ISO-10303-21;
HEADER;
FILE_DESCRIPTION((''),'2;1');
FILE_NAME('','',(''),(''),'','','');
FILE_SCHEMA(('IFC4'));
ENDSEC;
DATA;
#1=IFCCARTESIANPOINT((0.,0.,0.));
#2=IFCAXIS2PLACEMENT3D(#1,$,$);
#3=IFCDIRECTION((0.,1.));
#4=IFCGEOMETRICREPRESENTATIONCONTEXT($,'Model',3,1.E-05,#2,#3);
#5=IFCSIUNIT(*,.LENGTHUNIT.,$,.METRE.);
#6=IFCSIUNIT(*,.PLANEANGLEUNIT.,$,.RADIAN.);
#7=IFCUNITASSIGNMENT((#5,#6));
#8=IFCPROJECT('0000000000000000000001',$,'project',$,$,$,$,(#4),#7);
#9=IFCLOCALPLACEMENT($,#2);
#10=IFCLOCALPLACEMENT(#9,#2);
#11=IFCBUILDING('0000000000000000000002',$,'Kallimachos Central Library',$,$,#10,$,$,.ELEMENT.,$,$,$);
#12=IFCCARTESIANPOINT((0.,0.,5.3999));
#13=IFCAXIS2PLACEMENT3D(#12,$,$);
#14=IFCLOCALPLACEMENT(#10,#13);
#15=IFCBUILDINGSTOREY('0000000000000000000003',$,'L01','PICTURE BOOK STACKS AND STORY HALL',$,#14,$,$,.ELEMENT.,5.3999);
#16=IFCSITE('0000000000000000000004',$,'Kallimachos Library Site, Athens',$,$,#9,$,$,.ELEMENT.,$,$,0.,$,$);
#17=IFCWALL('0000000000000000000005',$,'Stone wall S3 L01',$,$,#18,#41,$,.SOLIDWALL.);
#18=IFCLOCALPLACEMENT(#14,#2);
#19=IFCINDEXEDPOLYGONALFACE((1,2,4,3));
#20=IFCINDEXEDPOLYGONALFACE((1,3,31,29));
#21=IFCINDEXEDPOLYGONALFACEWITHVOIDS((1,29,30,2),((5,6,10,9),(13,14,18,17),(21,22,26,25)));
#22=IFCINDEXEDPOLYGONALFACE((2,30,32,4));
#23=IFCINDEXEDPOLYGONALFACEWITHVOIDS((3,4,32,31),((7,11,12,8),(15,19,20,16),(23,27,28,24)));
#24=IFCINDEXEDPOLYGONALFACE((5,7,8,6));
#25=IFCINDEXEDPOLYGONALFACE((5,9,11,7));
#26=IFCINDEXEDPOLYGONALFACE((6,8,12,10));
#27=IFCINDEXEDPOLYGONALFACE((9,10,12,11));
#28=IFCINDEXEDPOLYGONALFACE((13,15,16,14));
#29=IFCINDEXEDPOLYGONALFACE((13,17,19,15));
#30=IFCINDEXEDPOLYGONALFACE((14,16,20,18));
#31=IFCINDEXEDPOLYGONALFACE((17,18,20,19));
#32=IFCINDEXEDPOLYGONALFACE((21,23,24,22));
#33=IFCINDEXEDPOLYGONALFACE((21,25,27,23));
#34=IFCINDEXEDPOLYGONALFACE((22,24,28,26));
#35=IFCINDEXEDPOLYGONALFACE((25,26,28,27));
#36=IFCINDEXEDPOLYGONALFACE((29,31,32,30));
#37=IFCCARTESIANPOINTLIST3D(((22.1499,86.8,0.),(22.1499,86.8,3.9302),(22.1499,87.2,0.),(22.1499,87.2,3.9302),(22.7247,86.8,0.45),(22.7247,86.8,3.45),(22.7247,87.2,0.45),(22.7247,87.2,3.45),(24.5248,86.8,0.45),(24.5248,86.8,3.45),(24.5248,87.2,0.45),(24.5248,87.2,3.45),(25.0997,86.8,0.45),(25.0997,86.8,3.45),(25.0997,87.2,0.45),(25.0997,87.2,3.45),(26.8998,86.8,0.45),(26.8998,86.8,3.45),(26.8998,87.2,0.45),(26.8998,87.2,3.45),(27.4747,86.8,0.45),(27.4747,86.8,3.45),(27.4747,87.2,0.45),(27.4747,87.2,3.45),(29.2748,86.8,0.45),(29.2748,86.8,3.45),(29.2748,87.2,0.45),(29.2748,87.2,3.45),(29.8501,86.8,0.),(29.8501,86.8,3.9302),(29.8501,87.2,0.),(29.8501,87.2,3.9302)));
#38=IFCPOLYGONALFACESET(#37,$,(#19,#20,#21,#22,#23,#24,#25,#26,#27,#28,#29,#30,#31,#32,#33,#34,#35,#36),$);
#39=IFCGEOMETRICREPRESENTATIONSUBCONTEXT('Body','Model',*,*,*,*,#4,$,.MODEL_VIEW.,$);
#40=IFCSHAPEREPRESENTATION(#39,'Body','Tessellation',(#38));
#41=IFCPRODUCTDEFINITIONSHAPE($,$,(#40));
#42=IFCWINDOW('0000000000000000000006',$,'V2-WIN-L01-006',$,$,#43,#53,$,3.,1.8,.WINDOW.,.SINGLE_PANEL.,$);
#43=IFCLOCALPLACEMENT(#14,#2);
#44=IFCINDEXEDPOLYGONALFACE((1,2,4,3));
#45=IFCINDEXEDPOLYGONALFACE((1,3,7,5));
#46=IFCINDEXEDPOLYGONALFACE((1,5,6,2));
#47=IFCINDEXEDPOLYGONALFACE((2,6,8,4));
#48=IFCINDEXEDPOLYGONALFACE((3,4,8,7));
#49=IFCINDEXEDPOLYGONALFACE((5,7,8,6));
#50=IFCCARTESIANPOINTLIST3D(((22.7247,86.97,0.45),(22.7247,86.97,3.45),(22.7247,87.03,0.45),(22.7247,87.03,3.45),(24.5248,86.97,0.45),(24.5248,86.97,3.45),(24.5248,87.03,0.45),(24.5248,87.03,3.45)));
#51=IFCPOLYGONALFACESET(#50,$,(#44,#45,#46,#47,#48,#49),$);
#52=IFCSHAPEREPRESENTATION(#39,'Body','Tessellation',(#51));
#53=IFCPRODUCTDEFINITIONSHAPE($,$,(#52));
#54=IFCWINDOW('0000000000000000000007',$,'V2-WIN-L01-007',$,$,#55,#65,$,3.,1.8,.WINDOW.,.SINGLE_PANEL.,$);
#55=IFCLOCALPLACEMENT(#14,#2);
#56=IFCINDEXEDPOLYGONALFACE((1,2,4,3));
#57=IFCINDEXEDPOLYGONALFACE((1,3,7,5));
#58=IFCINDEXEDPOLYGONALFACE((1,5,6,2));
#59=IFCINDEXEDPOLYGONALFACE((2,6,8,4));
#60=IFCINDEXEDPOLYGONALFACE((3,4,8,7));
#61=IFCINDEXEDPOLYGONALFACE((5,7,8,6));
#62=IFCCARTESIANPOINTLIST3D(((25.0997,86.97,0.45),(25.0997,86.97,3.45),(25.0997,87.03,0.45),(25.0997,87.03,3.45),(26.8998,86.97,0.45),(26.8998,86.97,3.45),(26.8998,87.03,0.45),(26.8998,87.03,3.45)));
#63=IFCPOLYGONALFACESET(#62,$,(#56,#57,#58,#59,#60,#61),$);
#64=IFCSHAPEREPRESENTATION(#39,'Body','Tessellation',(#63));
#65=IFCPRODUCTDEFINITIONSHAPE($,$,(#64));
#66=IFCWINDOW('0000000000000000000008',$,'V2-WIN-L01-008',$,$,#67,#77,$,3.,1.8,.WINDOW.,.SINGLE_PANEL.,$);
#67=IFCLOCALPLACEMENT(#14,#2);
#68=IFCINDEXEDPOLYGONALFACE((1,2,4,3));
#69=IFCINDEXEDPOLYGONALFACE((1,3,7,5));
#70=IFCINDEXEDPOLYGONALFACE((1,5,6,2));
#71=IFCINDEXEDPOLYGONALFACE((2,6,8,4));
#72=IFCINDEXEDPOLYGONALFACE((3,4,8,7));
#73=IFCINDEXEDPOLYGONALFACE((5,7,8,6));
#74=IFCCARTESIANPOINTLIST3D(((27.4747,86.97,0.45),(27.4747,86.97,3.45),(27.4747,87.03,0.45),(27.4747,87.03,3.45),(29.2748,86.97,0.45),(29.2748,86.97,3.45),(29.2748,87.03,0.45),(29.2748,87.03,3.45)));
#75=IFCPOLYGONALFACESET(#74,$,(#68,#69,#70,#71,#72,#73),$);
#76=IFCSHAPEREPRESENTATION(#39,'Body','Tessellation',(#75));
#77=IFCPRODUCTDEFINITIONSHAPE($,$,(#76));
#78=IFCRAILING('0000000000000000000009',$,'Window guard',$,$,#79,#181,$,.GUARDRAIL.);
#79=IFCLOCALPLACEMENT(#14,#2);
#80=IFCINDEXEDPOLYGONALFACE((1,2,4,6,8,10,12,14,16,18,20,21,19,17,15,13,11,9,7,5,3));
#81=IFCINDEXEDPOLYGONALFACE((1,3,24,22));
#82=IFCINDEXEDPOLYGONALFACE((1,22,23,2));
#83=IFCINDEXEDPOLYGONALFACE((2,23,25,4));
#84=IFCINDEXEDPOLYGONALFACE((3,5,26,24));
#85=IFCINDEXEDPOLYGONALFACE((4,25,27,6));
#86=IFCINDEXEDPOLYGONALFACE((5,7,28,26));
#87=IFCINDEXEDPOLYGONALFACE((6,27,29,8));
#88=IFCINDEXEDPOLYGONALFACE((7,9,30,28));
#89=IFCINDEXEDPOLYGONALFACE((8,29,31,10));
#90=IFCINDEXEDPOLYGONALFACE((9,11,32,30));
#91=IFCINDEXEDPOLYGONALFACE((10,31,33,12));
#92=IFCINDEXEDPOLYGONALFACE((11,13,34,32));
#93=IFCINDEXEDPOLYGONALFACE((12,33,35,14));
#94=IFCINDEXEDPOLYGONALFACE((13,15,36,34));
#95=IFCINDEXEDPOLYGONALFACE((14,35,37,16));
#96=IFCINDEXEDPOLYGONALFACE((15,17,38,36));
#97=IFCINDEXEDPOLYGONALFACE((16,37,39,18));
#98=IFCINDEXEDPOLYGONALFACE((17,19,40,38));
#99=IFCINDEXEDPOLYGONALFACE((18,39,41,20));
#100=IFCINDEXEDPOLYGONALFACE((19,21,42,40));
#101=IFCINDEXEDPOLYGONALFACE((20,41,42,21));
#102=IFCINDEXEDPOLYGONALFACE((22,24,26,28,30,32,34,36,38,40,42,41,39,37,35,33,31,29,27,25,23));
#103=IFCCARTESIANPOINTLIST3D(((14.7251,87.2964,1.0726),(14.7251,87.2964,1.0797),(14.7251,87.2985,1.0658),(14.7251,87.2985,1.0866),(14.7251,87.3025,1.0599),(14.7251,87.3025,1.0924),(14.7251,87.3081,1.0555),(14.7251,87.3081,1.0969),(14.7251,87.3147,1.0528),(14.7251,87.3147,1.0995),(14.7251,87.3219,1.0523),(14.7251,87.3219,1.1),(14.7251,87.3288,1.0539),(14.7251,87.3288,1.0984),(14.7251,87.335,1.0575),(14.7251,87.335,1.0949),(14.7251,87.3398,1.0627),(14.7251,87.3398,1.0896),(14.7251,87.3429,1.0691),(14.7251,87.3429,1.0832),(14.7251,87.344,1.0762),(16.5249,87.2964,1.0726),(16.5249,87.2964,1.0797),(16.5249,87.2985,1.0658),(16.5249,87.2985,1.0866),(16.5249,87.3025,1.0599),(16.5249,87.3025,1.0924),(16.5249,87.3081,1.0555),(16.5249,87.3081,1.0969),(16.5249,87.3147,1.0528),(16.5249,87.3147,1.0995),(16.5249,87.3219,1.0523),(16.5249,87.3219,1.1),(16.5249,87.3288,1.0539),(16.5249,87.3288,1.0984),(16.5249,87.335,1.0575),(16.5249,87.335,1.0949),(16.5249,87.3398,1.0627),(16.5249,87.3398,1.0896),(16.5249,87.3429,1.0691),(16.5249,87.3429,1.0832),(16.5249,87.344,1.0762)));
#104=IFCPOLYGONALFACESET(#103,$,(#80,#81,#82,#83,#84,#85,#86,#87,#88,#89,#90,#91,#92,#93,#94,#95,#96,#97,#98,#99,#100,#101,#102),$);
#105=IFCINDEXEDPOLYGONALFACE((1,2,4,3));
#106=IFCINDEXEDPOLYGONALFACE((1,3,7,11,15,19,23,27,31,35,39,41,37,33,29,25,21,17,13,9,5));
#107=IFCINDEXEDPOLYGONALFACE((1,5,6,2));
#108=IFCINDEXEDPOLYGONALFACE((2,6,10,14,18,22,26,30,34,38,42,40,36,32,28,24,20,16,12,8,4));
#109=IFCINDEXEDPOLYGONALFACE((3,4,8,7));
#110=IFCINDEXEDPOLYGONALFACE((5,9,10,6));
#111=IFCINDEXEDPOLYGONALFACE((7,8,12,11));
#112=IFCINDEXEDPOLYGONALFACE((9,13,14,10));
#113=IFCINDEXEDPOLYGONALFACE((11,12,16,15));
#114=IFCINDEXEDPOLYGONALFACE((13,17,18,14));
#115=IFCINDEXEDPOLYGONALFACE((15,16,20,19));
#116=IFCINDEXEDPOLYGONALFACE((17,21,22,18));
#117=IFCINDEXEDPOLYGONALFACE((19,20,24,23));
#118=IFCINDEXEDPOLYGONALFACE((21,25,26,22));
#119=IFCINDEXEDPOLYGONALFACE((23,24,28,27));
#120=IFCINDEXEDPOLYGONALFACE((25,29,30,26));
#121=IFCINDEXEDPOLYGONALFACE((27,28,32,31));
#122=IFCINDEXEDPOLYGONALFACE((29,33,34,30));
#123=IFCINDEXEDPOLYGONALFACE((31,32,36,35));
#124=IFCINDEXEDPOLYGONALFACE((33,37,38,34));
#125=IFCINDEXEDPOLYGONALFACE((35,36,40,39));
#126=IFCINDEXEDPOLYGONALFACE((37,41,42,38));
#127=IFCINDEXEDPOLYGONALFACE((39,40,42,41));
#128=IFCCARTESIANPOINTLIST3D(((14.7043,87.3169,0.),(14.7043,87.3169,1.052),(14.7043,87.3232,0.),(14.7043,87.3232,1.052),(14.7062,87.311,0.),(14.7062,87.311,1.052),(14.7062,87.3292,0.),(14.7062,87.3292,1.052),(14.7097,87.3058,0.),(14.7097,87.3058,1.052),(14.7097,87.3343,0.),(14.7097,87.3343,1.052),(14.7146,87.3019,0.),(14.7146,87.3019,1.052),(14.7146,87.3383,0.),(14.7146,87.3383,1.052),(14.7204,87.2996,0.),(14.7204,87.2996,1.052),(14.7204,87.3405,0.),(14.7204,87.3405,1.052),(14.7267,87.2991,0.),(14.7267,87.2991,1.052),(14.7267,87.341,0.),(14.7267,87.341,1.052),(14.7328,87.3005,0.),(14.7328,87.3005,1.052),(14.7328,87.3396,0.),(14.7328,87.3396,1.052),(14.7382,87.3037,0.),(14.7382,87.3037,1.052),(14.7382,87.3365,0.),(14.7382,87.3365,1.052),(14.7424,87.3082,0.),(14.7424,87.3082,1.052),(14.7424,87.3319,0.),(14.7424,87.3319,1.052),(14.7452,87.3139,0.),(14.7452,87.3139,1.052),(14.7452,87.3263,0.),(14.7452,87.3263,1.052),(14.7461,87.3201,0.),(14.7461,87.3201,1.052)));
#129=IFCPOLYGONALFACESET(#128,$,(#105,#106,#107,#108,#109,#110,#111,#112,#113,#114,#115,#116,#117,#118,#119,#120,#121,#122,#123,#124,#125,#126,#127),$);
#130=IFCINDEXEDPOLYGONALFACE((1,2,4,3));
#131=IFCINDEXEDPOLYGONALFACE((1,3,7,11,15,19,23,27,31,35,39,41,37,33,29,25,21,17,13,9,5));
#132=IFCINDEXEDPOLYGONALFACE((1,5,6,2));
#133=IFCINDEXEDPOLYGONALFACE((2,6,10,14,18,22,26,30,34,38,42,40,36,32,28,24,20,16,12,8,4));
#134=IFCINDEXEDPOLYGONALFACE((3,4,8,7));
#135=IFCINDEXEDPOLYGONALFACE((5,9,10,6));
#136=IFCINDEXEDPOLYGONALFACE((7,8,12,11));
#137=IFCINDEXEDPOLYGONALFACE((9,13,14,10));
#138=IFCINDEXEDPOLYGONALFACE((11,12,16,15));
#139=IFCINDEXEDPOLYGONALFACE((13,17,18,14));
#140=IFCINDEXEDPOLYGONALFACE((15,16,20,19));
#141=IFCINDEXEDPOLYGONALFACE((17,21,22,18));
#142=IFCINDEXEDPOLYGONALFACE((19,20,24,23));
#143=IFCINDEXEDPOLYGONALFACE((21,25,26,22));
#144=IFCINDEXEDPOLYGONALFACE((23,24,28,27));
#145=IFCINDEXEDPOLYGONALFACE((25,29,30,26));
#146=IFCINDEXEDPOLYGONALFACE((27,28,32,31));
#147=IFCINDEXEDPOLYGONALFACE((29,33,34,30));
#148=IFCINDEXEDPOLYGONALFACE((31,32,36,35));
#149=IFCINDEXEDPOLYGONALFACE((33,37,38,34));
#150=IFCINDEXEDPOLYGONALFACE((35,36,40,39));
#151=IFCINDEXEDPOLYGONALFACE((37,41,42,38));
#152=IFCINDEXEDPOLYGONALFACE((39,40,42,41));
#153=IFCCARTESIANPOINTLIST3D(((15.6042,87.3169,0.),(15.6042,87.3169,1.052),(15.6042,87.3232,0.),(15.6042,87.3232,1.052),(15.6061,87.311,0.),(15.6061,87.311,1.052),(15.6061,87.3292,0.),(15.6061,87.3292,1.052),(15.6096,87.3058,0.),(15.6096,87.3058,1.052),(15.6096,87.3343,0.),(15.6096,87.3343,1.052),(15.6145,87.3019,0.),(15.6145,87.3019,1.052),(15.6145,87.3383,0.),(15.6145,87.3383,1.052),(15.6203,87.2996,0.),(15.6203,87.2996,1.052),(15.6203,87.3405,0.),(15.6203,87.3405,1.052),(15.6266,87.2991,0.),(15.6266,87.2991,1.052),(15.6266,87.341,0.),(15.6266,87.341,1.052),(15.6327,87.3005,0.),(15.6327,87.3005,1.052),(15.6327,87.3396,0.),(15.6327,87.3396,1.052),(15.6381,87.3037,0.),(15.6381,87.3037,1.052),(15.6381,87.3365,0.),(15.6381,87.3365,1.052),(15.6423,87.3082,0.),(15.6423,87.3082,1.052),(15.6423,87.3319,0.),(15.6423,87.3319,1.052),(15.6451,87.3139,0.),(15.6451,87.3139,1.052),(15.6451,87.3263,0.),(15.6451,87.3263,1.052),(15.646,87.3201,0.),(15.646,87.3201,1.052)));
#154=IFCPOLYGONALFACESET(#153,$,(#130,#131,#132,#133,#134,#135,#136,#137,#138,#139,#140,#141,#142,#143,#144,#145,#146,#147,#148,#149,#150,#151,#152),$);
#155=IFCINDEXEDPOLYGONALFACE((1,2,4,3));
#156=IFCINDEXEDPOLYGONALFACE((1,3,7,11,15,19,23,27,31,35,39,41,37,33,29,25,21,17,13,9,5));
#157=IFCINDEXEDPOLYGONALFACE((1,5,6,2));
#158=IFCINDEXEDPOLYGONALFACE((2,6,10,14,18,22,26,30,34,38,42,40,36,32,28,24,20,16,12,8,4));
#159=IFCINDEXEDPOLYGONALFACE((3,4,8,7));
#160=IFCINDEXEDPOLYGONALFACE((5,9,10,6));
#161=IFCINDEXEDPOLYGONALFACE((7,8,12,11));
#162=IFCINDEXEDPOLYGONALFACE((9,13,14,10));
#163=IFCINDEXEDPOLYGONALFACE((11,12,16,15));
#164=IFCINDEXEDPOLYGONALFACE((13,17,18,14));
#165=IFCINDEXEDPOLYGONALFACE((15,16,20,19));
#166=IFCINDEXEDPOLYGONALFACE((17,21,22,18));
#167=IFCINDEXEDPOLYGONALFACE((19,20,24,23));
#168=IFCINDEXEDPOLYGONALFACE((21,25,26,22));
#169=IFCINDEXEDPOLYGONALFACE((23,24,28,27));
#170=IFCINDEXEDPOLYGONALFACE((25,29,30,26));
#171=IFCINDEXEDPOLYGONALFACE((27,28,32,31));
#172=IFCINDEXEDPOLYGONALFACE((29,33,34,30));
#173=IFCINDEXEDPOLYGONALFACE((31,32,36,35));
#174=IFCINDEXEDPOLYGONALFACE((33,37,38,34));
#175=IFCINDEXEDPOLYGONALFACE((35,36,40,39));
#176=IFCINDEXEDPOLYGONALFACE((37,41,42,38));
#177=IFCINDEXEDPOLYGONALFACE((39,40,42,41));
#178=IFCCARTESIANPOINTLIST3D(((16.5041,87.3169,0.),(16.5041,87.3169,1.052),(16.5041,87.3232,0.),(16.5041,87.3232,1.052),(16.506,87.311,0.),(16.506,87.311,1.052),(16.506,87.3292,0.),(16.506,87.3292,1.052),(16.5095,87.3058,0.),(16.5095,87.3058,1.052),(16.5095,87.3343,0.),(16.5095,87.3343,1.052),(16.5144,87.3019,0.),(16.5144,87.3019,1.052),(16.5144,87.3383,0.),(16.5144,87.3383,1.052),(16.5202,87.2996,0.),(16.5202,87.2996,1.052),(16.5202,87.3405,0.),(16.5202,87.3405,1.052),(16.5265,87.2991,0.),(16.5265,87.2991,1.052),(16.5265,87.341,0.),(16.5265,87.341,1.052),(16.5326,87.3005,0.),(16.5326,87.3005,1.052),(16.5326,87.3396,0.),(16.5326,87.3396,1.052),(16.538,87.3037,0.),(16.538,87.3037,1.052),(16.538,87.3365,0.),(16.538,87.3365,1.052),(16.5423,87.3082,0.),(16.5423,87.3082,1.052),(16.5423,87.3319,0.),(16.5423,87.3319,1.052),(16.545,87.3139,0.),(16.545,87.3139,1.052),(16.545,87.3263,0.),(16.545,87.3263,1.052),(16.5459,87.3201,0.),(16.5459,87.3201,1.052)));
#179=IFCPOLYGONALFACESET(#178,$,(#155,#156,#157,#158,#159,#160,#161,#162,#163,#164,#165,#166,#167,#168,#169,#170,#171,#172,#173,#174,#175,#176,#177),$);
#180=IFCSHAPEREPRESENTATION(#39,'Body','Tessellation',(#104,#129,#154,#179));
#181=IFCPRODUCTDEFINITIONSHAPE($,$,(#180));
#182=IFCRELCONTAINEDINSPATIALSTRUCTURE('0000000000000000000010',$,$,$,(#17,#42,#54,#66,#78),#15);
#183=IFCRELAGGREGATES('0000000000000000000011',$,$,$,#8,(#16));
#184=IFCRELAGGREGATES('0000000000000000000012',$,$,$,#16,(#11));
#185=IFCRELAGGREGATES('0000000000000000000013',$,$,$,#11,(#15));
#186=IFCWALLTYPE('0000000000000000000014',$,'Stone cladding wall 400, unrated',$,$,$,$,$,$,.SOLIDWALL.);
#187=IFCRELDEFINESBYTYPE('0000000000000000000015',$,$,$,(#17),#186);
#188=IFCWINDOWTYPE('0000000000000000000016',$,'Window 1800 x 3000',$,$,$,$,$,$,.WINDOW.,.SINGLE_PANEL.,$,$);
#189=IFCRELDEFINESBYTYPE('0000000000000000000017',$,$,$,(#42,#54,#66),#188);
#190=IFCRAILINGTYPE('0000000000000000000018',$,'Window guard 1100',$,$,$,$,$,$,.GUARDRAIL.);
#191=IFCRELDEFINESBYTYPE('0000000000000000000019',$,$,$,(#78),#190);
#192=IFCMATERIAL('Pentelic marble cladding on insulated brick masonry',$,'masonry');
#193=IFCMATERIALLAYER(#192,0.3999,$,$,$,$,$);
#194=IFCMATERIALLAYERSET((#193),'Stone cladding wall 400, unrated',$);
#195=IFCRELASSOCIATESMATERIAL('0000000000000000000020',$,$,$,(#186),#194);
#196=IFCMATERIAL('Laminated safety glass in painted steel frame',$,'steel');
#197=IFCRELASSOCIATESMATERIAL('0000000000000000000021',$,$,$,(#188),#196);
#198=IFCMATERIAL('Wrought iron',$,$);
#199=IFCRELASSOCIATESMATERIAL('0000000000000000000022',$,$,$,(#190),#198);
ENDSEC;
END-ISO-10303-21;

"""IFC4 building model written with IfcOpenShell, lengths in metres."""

from ifc_helpers import new_model, si_unit, direction, frame, frame_2d, origin, origin_2d, place, context, subcontext, project, spatial, rectangle, circle, extrude, material, layer, layer_set, type_object, element, fill, save


model = new_model("IFC4")

# Units and contexts
model_context = context("Model", 3, precision=1e-05, world=origin(), true_north=direction((0.0, 1.0)))
body_context = subcontext(model_context, "Body", "Model", "MODEL_VIEW")
ifc_project = project(units=[si_unit("LENGTHUNIT", "METRE"), si_unit("PLANEANGLEUNIT", "RADIAN")], contexts=[model_context])

# Site, building, storey
site_placement = place(None, origin())
site = spatial("IfcSite", under=ifc_project, at=site_placement, Name="Kallimachos Library Site, Athens", CompositionType="ELEMENT", RefElevation=0.0)
building_placement = place(site_placement, origin())
building = spatial("IfcBuilding", under=site, at=building_placement, Name="Kallimachos Central Library", CompositionType="ELEMENT")
storey_placement = place(building_placement, frame((0.0, 0.0, 5.3999)))
storey = spatial("IfcBuildingStorey", under=building, at=storey_placement, Name="L01", Description="PICTURE BOOK STACKS AND STORY HALL", CompositionType="ELEMENT", Elevation=5.3999)

# Wall, openings, windows
ifc_material_1 = material(Name="Pentelic marble cladding on insulated brick masonry", Category="masonry")
ifc_layer_1 = layer(ifc_material_1, 0.3999)
ifc_layer_set_1 = layer_set([ifc_layer_1], Name="Stone cladding wall 400, unrated")
wall_type_1 = type_object("IfcWallType", Name="Stone cladding wall 400, unrated", PredefinedType="SOLIDWALL", material=ifc_layer_set_1)
wall_1_placement = place(storey_placement, frame((22.1499, 87.0, 0.0), z_axis=(0.0, 0.0, 1.0), x_axis=(1.0, 0.0, 0.0)))
wall_1 = element("IfcWall", 1, at=wall_1_placement, inside=storey, type_object=wall_type_1, Name="Stone wall S3 L01", PredefinedType="SOLIDWALL", context=body_context, shape_type="SweptSolid", body=[
    extrude(rectangle(XDim=7.7002, YDim=0.3999, at=frame_2d((3.8501, 0.0))), origin(), (0.0, 0.0, 1.0), 3.9302),
])
opening_1_placement = place(wall_1_placement, frame((0.575, 0.0, 0.45)))
opening_1 = element("IfcOpeningElement", 2, at=opening_1_placement, cuts=wall_1, PredefinedType="OPENING", context=body_context, shape_type="SweptSolid", body=[
    extrude(rectangle(XDim=1.8, YDim=3.0, at=frame_2d((0.8999, 1.5))), frame((0.0, 0.21, 0.0), z_axis=(0.0, -1.0, 0.0), x_axis=(1.0, 0.0, 0.0)), (0.0, 0.0, 1.0), 0.4199),
])
opening_2_placement = place(wall_1_placement, frame((2.95, 0.0, 0.45)))
opening_2 = element("IfcOpeningElement", 3, at=opening_2_placement, cuts=wall_1, PredefinedType="OPENING", context=body_context, shape_type="SweptSolid", body=[
    extrude(rectangle(XDim=1.8, YDim=3.0, at=frame_2d((0.8999, 1.5))), frame((0.0, 0.21, 0.0), z_axis=(0.0, -1.0, 0.0), x_axis=(1.0, 0.0, 0.0)), (0.0, 0.0, 1.0), 0.4199),
])
opening_3_placement = place(wall_1_placement, frame((5.325, 0.0, 0.45)))
opening_3 = element("IfcOpeningElement", 4, at=opening_3_placement, cuts=wall_1, PredefinedType="OPENING", context=body_context, shape_type="SweptSolid", body=[
    extrude(rectangle(XDim=1.8, YDim=3.0, at=frame_2d((0.8999, 1.5))), frame((0.0, 0.21, 0.0), z_axis=(0.0, -1.0, 0.0), x_axis=(1.0, 0.0, 0.0)), (0.0, 0.0, 1.0), 0.4199),
])
ifc_material_2 = material(Name="Laminated safety glass in painted steel frame", Category="steel")
window_type = type_object("IfcWindowType", Name="Window 1800 x 3000", PartitioningType="SINGLE_PANEL", PredefinedType="WINDOW", material=ifc_material_2)
window_1_placement = place(opening_1_placement, origin())
window_1 = element("IfcWindow", 5, at=window_1_placement, inside=storey, type_object=window_type, Name="V2-WIN-L01-006", OverallHeight=3.0, OverallWidth=1.8, PartitioningType="SINGLE_PANEL", PredefinedType="WINDOW", context=body_context, shape_type="SweptSolid", body=[
    extrude(rectangle(XDim=1.8, YDim=3.0, at=frame_2d((0.8999, 1.5))), frame((0.0, 0.03, 0.0), z_axis=(0.0, -1.0, 0.0), x_axis=(1.0, 0.0, 0.0)), (0.0, 0.0, 1.0), 0.0601),
])
fill(opening_1, window_1)
window_2_placement = place(opening_2_placement, origin())
window_2 = element("IfcWindow", 6, at=window_2_placement, inside=storey, type_object=window_type, Name="V2-WIN-L01-007", OverallHeight=3.0, OverallWidth=1.8, PartitioningType="SINGLE_PANEL", PredefinedType="WINDOW", context=body_context, shape_type="SweptSolid", body=[
    extrude(rectangle(XDim=1.8, YDim=3.0, at=frame_2d((0.8999, 1.5))), frame((0.0, 0.03, 0.0), z_axis=(0.0, -1.0, 0.0), x_axis=(1.0, 0.0, 0.0)), (0.0, 0.0, 1.0), 0.0601),
])
fill(opening_2, window_2)
window_3_placement = place(opening_3_placement, origin())
window_3 = element("IfcWindow", 7, at=window_3_placement, inside=storey, type_object=window_type, Name="V2-WIN-L01-008", OverallHeight=3.0, OverallWidth=1.8, PartitioningType="SINGLE_PANEL", PredefinedType="WINDOW", context=body_context, shape_type="SweptSolid", body=[
    extrude(rectangle(XDim=1.8, YDim=3.0, at=frame_2d((0.8999, 1.5))), frame((0.0, 0.03, 0.0), z_axis=(0.0, -1.0, 0.0), x_axis=(1.0, 0.0, 0.0)), (0.0, 0.0, 1.0), 0.0601),
])
fill(opening_3, window_3)

# Railing
ifc_material_3 = material(Name="Wrought iron")
railing_type = type_object("IfcRailingType", Name="Window guard 1100", PredefinedType="GUARDRAIL", material=ifc_material_3)
for number, where, name in (
    (8, (14.7251, 87.3201, 0.0), "Window guard"),
):
    element("IfcRailing", number, at=place(storey_placement, frame(where)), inside=storey, type_object=railing_type, Name=name, PredefinedType="GUARDRAIL", context=body_context, shape_type="SweptSolid", body=[
        extrude(circle(Radius=0.0239, at=origin_2d()), frame((0.0, 0.0, 1.0762), z_axis=(1.0, 0.0, 0.0), x_axis=(0.0, 1.0, 0.0)), (0.0, 0.0, 1.0), 1.7998),
        extrude(circle(Radius=0.021, at=origin_2d()), origin(), (0.0, 0.0, 1.0), 1.052),
        extrude(circle(Radius=0.021, at=origin_2d()), frame((0.8999, 0.0, 0.0)), (0.0, 0.0, 1.0), 1.052),
        extrude(circle(Radius=0.021, at=origin_2d()), frame((1.7998, 0.0, 0.0)), (0.0, 0.0, 1.0), 1.052),
    ])

save(model, "model.ifc")
